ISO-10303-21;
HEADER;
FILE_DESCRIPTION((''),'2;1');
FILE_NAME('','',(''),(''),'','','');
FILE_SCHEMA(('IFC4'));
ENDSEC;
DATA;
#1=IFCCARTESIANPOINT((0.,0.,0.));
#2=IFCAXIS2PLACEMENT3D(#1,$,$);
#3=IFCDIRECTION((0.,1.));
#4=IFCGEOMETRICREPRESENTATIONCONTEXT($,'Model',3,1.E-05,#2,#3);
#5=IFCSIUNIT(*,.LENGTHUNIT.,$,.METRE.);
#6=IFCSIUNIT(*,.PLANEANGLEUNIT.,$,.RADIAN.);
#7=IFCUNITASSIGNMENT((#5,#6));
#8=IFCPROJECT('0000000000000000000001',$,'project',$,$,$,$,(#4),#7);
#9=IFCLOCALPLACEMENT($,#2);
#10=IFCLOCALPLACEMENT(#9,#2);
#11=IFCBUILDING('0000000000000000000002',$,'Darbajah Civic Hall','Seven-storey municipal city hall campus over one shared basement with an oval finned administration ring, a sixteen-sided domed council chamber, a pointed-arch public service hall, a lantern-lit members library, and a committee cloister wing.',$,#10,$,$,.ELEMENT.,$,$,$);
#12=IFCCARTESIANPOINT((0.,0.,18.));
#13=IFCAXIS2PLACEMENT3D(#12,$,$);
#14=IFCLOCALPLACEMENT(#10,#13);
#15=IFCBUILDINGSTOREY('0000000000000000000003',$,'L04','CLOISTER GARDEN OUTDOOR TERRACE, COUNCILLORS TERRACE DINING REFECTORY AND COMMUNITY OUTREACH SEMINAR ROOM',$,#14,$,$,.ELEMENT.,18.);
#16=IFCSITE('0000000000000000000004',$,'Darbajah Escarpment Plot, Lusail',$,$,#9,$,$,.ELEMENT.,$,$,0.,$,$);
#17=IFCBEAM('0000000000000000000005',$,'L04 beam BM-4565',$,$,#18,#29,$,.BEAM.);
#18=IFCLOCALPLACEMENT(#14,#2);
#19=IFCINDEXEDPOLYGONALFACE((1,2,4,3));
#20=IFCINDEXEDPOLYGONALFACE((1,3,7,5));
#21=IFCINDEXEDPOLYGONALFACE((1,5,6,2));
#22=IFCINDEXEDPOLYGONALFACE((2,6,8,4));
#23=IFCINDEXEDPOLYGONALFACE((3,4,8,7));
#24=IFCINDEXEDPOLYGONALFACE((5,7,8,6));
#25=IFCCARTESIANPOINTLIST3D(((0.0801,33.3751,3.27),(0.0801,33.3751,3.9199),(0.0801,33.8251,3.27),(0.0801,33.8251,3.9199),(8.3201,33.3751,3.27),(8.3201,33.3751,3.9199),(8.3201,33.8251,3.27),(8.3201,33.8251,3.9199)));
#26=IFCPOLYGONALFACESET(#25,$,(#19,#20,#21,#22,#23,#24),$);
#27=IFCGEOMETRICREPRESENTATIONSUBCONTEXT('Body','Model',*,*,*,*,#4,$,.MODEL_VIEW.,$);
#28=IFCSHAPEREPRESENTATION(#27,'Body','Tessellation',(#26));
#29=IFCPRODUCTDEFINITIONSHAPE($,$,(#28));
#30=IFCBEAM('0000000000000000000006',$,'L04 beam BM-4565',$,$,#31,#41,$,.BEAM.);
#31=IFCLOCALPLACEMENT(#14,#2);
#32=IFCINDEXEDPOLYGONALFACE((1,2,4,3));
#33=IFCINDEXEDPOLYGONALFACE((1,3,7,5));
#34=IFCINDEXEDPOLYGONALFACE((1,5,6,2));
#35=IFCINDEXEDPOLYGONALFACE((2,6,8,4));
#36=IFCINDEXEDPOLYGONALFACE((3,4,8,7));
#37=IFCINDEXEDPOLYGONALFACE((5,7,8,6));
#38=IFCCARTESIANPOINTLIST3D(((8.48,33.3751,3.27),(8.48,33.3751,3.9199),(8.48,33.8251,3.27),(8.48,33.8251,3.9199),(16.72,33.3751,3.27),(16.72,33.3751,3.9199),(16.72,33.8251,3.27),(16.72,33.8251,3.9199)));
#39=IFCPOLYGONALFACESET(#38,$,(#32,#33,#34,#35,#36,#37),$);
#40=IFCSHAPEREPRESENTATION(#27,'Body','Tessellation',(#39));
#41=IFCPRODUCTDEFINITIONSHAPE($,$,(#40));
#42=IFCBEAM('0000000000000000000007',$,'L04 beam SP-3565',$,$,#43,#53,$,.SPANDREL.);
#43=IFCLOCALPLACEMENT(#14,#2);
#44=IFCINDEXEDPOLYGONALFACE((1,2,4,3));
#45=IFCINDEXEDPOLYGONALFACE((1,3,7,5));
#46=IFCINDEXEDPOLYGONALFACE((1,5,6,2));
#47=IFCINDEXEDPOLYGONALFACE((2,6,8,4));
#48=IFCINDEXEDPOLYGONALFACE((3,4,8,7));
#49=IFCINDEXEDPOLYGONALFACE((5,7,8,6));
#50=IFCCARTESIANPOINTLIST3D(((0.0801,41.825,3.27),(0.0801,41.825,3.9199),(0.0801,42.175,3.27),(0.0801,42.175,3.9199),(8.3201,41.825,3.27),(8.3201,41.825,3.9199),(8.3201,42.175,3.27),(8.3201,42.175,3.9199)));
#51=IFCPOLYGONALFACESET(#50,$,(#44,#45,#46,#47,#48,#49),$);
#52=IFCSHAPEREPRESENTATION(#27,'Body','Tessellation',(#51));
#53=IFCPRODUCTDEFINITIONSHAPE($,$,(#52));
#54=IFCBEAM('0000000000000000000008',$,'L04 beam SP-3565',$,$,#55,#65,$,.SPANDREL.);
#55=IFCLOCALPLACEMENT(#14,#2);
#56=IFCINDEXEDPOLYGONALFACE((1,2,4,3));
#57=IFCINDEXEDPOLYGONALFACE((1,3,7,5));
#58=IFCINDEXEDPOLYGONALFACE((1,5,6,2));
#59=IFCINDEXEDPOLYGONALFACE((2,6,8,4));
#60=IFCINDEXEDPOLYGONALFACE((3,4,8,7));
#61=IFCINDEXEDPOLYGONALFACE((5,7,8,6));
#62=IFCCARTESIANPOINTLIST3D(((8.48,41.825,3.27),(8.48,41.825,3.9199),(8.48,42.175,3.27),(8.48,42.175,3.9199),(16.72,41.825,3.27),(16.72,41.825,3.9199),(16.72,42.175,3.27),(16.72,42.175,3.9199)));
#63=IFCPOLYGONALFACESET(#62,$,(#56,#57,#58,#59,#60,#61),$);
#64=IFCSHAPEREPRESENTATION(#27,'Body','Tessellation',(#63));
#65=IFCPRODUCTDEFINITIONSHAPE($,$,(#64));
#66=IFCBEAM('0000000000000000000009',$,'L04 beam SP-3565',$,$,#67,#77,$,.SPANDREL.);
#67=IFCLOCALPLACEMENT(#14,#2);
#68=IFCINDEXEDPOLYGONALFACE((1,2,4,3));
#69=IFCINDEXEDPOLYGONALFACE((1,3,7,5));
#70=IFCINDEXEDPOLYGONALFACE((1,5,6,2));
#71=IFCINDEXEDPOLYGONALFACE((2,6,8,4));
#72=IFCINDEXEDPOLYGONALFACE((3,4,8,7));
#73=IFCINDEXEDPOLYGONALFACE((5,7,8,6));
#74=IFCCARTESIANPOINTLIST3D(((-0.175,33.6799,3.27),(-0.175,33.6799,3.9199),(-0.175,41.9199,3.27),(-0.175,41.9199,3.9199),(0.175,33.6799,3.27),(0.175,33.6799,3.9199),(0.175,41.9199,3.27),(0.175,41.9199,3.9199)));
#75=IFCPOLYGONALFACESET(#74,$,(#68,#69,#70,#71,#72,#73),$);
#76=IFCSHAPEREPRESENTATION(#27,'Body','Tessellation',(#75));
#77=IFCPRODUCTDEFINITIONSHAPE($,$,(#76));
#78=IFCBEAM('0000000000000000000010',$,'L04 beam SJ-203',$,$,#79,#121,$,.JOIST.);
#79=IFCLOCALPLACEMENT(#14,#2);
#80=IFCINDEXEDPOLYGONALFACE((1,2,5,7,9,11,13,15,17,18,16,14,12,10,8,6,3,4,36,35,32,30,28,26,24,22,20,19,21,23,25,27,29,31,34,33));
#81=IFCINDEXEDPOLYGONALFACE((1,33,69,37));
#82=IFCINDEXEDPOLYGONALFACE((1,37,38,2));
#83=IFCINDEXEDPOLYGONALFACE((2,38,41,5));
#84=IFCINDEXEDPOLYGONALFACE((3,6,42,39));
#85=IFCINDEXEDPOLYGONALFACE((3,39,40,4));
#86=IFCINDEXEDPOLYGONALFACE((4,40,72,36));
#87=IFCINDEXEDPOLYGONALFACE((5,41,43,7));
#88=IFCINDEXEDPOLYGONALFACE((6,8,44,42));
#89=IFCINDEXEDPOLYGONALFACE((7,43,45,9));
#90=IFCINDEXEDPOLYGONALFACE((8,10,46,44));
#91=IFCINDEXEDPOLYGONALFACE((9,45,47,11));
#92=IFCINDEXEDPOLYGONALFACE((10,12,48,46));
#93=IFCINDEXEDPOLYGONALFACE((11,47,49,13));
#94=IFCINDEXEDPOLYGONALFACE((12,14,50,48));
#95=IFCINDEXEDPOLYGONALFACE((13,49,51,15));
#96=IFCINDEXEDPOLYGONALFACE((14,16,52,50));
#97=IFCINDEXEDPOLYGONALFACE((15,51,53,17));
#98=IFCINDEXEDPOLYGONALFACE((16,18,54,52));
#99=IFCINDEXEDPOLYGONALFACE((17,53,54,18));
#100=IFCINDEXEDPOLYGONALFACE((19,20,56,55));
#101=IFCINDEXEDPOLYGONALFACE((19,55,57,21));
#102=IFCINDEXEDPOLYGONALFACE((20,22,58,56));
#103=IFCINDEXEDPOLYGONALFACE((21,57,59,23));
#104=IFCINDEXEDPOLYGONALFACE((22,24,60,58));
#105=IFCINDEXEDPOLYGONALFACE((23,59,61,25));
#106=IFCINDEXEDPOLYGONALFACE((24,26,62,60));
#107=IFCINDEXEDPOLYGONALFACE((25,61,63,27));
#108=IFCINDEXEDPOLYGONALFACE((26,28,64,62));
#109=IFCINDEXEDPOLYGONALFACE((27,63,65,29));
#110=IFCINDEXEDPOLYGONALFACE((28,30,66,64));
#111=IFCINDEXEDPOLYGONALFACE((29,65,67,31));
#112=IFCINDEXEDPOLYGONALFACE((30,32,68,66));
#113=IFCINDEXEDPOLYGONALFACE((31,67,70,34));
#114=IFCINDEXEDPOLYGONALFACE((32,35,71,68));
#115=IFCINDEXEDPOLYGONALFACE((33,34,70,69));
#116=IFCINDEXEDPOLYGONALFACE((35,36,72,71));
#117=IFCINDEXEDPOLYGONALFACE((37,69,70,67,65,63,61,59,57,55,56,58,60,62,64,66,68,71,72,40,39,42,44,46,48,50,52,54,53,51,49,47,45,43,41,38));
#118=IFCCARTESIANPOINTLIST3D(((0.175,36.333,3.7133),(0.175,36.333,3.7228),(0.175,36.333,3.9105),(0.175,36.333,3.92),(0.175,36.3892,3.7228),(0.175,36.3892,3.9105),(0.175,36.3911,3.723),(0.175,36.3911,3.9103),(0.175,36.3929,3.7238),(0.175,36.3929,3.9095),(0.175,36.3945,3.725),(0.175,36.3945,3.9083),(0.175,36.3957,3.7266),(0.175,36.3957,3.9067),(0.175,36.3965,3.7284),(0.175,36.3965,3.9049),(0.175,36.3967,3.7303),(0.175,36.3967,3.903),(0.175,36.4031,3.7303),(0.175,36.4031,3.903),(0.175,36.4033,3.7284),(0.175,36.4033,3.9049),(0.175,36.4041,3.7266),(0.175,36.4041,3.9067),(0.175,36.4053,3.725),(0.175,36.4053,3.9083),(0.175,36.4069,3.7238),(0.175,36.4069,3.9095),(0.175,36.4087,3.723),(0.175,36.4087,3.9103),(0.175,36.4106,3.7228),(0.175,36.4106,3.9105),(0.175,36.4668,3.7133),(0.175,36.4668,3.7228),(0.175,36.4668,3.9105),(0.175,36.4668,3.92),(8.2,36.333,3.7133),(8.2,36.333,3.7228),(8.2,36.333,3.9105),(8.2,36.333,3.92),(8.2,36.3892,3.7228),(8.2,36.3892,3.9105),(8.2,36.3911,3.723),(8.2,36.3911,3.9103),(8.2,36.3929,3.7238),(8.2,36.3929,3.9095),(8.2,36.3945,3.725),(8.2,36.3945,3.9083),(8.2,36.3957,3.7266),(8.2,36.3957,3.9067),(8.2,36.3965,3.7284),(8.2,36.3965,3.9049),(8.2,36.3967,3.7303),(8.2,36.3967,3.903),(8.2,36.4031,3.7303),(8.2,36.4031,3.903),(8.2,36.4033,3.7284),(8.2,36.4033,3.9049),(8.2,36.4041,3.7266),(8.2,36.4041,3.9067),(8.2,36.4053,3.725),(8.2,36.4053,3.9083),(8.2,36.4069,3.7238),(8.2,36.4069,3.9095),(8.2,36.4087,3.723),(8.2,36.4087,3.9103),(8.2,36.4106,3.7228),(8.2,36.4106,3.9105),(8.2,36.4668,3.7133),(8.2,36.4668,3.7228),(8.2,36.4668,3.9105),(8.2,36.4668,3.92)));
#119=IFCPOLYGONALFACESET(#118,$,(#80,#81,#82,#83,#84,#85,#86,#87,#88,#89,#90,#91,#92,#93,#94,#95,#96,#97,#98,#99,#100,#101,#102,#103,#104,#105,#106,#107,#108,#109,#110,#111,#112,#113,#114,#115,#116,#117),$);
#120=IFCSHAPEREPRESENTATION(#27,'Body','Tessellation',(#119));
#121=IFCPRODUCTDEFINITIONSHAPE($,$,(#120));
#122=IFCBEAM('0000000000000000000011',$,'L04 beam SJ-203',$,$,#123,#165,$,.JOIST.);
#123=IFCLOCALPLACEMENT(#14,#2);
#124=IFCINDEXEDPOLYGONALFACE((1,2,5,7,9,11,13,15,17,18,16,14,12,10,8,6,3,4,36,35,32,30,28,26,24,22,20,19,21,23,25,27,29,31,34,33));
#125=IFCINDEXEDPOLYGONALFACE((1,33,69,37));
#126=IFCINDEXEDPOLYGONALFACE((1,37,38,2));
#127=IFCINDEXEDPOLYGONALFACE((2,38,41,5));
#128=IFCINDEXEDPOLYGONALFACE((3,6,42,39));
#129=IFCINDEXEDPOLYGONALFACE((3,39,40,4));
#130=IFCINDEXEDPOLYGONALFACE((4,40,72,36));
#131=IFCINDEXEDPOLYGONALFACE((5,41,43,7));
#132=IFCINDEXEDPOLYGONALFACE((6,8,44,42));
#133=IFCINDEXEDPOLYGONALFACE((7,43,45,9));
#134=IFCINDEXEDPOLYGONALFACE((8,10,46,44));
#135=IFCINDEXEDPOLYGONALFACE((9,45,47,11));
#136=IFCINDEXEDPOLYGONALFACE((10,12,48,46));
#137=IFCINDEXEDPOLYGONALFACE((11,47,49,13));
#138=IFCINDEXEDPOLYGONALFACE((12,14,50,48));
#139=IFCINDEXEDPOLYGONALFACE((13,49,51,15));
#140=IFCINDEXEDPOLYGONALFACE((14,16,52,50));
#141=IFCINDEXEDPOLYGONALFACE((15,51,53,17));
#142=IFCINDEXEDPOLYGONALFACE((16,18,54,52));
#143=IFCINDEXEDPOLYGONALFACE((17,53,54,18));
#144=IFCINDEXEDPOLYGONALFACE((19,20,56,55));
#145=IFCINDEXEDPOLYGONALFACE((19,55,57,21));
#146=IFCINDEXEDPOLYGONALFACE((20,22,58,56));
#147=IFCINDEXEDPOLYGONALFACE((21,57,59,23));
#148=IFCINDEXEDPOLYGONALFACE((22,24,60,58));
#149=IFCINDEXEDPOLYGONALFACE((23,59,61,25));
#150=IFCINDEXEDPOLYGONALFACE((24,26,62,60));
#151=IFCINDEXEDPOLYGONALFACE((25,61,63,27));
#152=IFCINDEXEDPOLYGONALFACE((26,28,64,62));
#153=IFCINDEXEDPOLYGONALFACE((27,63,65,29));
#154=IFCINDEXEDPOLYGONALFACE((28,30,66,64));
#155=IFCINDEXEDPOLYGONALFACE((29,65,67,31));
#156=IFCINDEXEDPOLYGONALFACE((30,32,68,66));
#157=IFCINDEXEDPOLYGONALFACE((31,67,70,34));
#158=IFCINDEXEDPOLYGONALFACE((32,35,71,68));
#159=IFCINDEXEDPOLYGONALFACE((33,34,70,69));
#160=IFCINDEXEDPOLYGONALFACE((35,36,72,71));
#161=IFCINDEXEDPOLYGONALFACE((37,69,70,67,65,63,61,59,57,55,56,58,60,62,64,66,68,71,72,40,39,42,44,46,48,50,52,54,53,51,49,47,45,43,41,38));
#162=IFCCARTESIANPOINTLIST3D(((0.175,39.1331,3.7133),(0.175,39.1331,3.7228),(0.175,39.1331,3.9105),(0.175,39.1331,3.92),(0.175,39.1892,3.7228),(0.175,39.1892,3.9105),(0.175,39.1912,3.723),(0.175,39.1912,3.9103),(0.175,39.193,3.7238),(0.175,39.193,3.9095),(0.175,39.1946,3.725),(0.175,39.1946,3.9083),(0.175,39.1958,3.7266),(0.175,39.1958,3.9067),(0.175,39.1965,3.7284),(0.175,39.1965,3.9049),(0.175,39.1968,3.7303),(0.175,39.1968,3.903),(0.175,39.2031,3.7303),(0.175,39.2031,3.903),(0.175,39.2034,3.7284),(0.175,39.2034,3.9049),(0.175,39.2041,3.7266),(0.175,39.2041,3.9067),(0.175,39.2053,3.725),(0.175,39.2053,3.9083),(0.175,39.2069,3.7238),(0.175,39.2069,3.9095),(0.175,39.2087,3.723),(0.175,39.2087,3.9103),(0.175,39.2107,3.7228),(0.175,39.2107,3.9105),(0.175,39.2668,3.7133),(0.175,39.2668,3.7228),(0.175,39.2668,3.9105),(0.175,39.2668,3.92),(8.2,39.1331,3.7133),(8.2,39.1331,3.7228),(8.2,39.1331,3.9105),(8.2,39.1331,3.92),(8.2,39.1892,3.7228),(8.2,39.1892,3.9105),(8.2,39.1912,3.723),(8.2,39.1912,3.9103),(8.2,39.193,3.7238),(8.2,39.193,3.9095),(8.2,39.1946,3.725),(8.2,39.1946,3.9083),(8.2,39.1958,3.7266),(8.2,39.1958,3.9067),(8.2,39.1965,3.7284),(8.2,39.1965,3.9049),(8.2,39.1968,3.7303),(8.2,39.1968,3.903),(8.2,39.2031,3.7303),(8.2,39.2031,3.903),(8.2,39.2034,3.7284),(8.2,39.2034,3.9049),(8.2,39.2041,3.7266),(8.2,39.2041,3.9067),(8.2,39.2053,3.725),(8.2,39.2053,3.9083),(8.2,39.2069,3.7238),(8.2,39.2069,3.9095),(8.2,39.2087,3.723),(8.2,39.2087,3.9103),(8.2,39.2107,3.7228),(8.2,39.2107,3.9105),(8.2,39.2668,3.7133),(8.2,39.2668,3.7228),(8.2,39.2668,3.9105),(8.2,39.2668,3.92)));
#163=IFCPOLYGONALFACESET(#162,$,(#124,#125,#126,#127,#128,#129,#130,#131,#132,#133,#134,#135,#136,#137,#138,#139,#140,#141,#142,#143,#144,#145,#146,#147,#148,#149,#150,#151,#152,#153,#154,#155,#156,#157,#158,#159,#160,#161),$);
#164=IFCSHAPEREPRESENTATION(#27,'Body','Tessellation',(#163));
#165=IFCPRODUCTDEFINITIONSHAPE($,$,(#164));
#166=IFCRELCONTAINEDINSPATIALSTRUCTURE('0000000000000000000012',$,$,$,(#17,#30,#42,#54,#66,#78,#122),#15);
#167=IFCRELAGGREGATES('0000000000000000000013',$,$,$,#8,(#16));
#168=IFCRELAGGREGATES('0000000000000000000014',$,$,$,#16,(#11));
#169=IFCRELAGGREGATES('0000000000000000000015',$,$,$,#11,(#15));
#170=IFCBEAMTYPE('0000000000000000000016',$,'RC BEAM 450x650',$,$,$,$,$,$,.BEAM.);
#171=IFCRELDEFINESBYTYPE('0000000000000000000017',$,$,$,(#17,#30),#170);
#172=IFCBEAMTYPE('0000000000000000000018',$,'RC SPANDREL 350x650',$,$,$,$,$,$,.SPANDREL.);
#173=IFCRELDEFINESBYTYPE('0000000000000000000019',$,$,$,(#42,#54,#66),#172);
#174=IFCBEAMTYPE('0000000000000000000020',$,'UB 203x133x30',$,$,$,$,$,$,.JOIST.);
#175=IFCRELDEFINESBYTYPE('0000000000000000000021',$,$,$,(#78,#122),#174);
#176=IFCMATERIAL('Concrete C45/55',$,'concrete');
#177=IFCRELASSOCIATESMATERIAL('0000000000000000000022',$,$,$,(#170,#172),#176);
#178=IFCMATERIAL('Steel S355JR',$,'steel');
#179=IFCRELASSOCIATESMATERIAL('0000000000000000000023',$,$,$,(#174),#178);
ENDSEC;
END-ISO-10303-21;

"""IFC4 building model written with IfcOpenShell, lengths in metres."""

from ifc_helpers import new_model, si_unit, direction, frame, origin, origin_2d, place, context, subcontext, project, spatial, rectangle, i_section, extrude, material, material_profile, profile_set, type_object, element, save


model = new_model("IFC4")

# Units and contexts
model_context = context("Model", 3, precision=1e-05, world=origin(), true_north=direction((0.0, 1.0)))
body_context = subcontext(model_context, "Body", "Model", "MODEL_VIEW")
ifc_project = project(units=[si_unit("LENGTHUNIT", "METRE"), si_unit("PLANEANGLEUNIT", "RADIAN")], contexts=[model_context])

# Site, building, storey
site_placement = place(None, origin())
site = spatial("IfcSite", under=ifc_project, at=site_placement, Name="Darbajah Escarpment Plot, Lusail", CompositionType="ELEMENT", RefElevation=0.0)
building_placement = place(site_placement, origin())
building = spatial("IfcBuilding", under=site, at=building_placement, Name="Darbajah Civic Hall", Description="Seven-storey municipal city hall campus over one shared basement with an oval finned administration ring, a sixteen-sided domed council chamber, a pointed-arch public service hall, a lantern-lit members library, and a committee cloister wing.", CompositionType="ELEMENT")
storey_placement = place(building_placement, frame((0.0, 0.0, 18.0)))
storey = spatial("IfcBuildingStorey", under=building, at=storey_placement, Name="L04", Description="CLOISTER GARDEN OUTDOOR TERRACE, COUNCILLORS TERRACE DINING REFECTORY AND COMMUNITY OUTREACH SEMINAR ROOM", CompositionType="ELEMENT", Elevation=18.0)

# Shared definitions
ifc_material_1 = material(Name="Steel S355JR", Category="steel")

# Beams
ifc_material_2 = material(Name="Concrete C45/55", Category="concrete")
ifc_material_profile_1 = material_profile(ifc_material_2, rectangle(XDim=0.45, YDim=0.6499, at=origin_2d()), Name="RC BEAM 450x650")
ifc_profile_set_1 = profile_set([ifc_material_profile_1], Name="Concrete C45/55")
beam_type_1 = type_object("IfcBeamType", Name="RC BEAM 450x650", PredefinedType="BEAM", material=ifc_profile_set_1)
for number, where, z_axis, x_axis, name in (
    (1, (0.0801, 33.6001, 3.595), (1.0, 0.0, 0.0), (0.0, 1.0, 0.0), "L04 beam BM-4565"),
    (2, (8.48, 33.6001, 3.595), (1.0, 0.0, 0.0), (0.0, 1.0, 0.0), "L04 beam BM-4565"),
):
    element("IfcBeam", number, at=place(storey_placement, frame(where, z_axis=z_axis, x_axis=x_axis)), inside=storey, type_object=beam_type_1, Name=name, PredefinedType="BEAM", context=body_context, shape_type="SweptSolid", body=[
        extrude(rectangle(XDim=0.45, YDim=0.6499, at=origin_2d()), origin(), (0.0, 0.0, 1.0), 8.24),
    ])
ifc_material_profile_2 = material_profile(ifc_material_2, rectangle(XDim=0.3501, YDim=0.6499, at=origin_2d()), Name="RC SPANDREL 350x650")
ifc_profile_set_2 = profile_set([ifc_material_profile_2], Name="Concrete C45/55")
beam_type_2 = type_object("IfcBeamType", Name="RC SPANDREL 350x650", PredefinedType="SPANDREL", material=ifc_profile_set_2)
for number, where, z_axis, x_axis, name in (
    (3, (0.0801, 42.0, 3.595), (1.0, 0.0, 0.0), (0.0, 1.0, 0.0), "L04 beam SP-3565"),
    (4, (8.48, 42.0, 3.595), (1.0, 0.0, 0.0), (0.0, 1.0, 0.0), "L04 beam SP-3565"),
    (5, (0.0, 33.6799, 3.595), (0.0, 1.0, 0.0), (-1.0, 0.0, 0.0), "L04 beam SP-3565"),
):
    element("IfcBeam", number, at=place(storey_placement, frame(where, z_axis=z_axis, x_axis=x_axis)), inside=storey, type_object=beam_type_2, Name=name, PredefinedType="SPANDREL", context=body_context, shape_type="SweptSolid", body=[
        extrude(rectangle(XDim=0.3501, YDim=0.6499, at=origin_2d()), origin(), (0.0, 0.0, 1.0), 8.24),
    ])
ifc_material_profile_3 = material_profile(ifc_material_1, i_section(OverallWidth=0.1338, OverallDepth=0.2068, WebThickness=0.0063, FlangeThickness=0.0095, FilletRadius=0.0076, at=origin_2d()), Name="UB 203x133x30")
ifc_profile_set_3 = profile_set([ifc_material_profile_3], Name="Steel S355JR")
beam_type_3 = type_object("IfcBeamType", Name="UB 203x133x30", PredefinedType="JOIST", material=ifc_profile_set_3)
for number, where, z_axis, x_axis, name in (
    (6, (0.175, 36.3999, 3.8167), (1.0, 0.0, 0.0), (0.0, 1.0, 0.0), "L04 beam SJ-203"),
    (7, (0.175, 39.2, 3.8167), (1.0, 0.0, 0.0), (0.0, 1.0, 0.0), "L04 beam SJ-203"),
):
    element("IfcBeam", number, at=place(storey_placement, frame(where, z_axis=z_axis, x_axis=x_axis)), inside=storey, type_object=beam_type_3, Name=name, PredefinedType="JOIST", context=body_context, shape_type="SweptSolid", body=[
        extrude(i_section(OverallWidth=0.1338, OverallDepth=0.2068, WebThickness=0.0063, FlangeThickness=0.0095, FilletRadius=0.0076, at=origin_2d()), origin(), (0.0, 0.0, 1.0), 8.0249),
    ])

save(model, "model.ifc")
